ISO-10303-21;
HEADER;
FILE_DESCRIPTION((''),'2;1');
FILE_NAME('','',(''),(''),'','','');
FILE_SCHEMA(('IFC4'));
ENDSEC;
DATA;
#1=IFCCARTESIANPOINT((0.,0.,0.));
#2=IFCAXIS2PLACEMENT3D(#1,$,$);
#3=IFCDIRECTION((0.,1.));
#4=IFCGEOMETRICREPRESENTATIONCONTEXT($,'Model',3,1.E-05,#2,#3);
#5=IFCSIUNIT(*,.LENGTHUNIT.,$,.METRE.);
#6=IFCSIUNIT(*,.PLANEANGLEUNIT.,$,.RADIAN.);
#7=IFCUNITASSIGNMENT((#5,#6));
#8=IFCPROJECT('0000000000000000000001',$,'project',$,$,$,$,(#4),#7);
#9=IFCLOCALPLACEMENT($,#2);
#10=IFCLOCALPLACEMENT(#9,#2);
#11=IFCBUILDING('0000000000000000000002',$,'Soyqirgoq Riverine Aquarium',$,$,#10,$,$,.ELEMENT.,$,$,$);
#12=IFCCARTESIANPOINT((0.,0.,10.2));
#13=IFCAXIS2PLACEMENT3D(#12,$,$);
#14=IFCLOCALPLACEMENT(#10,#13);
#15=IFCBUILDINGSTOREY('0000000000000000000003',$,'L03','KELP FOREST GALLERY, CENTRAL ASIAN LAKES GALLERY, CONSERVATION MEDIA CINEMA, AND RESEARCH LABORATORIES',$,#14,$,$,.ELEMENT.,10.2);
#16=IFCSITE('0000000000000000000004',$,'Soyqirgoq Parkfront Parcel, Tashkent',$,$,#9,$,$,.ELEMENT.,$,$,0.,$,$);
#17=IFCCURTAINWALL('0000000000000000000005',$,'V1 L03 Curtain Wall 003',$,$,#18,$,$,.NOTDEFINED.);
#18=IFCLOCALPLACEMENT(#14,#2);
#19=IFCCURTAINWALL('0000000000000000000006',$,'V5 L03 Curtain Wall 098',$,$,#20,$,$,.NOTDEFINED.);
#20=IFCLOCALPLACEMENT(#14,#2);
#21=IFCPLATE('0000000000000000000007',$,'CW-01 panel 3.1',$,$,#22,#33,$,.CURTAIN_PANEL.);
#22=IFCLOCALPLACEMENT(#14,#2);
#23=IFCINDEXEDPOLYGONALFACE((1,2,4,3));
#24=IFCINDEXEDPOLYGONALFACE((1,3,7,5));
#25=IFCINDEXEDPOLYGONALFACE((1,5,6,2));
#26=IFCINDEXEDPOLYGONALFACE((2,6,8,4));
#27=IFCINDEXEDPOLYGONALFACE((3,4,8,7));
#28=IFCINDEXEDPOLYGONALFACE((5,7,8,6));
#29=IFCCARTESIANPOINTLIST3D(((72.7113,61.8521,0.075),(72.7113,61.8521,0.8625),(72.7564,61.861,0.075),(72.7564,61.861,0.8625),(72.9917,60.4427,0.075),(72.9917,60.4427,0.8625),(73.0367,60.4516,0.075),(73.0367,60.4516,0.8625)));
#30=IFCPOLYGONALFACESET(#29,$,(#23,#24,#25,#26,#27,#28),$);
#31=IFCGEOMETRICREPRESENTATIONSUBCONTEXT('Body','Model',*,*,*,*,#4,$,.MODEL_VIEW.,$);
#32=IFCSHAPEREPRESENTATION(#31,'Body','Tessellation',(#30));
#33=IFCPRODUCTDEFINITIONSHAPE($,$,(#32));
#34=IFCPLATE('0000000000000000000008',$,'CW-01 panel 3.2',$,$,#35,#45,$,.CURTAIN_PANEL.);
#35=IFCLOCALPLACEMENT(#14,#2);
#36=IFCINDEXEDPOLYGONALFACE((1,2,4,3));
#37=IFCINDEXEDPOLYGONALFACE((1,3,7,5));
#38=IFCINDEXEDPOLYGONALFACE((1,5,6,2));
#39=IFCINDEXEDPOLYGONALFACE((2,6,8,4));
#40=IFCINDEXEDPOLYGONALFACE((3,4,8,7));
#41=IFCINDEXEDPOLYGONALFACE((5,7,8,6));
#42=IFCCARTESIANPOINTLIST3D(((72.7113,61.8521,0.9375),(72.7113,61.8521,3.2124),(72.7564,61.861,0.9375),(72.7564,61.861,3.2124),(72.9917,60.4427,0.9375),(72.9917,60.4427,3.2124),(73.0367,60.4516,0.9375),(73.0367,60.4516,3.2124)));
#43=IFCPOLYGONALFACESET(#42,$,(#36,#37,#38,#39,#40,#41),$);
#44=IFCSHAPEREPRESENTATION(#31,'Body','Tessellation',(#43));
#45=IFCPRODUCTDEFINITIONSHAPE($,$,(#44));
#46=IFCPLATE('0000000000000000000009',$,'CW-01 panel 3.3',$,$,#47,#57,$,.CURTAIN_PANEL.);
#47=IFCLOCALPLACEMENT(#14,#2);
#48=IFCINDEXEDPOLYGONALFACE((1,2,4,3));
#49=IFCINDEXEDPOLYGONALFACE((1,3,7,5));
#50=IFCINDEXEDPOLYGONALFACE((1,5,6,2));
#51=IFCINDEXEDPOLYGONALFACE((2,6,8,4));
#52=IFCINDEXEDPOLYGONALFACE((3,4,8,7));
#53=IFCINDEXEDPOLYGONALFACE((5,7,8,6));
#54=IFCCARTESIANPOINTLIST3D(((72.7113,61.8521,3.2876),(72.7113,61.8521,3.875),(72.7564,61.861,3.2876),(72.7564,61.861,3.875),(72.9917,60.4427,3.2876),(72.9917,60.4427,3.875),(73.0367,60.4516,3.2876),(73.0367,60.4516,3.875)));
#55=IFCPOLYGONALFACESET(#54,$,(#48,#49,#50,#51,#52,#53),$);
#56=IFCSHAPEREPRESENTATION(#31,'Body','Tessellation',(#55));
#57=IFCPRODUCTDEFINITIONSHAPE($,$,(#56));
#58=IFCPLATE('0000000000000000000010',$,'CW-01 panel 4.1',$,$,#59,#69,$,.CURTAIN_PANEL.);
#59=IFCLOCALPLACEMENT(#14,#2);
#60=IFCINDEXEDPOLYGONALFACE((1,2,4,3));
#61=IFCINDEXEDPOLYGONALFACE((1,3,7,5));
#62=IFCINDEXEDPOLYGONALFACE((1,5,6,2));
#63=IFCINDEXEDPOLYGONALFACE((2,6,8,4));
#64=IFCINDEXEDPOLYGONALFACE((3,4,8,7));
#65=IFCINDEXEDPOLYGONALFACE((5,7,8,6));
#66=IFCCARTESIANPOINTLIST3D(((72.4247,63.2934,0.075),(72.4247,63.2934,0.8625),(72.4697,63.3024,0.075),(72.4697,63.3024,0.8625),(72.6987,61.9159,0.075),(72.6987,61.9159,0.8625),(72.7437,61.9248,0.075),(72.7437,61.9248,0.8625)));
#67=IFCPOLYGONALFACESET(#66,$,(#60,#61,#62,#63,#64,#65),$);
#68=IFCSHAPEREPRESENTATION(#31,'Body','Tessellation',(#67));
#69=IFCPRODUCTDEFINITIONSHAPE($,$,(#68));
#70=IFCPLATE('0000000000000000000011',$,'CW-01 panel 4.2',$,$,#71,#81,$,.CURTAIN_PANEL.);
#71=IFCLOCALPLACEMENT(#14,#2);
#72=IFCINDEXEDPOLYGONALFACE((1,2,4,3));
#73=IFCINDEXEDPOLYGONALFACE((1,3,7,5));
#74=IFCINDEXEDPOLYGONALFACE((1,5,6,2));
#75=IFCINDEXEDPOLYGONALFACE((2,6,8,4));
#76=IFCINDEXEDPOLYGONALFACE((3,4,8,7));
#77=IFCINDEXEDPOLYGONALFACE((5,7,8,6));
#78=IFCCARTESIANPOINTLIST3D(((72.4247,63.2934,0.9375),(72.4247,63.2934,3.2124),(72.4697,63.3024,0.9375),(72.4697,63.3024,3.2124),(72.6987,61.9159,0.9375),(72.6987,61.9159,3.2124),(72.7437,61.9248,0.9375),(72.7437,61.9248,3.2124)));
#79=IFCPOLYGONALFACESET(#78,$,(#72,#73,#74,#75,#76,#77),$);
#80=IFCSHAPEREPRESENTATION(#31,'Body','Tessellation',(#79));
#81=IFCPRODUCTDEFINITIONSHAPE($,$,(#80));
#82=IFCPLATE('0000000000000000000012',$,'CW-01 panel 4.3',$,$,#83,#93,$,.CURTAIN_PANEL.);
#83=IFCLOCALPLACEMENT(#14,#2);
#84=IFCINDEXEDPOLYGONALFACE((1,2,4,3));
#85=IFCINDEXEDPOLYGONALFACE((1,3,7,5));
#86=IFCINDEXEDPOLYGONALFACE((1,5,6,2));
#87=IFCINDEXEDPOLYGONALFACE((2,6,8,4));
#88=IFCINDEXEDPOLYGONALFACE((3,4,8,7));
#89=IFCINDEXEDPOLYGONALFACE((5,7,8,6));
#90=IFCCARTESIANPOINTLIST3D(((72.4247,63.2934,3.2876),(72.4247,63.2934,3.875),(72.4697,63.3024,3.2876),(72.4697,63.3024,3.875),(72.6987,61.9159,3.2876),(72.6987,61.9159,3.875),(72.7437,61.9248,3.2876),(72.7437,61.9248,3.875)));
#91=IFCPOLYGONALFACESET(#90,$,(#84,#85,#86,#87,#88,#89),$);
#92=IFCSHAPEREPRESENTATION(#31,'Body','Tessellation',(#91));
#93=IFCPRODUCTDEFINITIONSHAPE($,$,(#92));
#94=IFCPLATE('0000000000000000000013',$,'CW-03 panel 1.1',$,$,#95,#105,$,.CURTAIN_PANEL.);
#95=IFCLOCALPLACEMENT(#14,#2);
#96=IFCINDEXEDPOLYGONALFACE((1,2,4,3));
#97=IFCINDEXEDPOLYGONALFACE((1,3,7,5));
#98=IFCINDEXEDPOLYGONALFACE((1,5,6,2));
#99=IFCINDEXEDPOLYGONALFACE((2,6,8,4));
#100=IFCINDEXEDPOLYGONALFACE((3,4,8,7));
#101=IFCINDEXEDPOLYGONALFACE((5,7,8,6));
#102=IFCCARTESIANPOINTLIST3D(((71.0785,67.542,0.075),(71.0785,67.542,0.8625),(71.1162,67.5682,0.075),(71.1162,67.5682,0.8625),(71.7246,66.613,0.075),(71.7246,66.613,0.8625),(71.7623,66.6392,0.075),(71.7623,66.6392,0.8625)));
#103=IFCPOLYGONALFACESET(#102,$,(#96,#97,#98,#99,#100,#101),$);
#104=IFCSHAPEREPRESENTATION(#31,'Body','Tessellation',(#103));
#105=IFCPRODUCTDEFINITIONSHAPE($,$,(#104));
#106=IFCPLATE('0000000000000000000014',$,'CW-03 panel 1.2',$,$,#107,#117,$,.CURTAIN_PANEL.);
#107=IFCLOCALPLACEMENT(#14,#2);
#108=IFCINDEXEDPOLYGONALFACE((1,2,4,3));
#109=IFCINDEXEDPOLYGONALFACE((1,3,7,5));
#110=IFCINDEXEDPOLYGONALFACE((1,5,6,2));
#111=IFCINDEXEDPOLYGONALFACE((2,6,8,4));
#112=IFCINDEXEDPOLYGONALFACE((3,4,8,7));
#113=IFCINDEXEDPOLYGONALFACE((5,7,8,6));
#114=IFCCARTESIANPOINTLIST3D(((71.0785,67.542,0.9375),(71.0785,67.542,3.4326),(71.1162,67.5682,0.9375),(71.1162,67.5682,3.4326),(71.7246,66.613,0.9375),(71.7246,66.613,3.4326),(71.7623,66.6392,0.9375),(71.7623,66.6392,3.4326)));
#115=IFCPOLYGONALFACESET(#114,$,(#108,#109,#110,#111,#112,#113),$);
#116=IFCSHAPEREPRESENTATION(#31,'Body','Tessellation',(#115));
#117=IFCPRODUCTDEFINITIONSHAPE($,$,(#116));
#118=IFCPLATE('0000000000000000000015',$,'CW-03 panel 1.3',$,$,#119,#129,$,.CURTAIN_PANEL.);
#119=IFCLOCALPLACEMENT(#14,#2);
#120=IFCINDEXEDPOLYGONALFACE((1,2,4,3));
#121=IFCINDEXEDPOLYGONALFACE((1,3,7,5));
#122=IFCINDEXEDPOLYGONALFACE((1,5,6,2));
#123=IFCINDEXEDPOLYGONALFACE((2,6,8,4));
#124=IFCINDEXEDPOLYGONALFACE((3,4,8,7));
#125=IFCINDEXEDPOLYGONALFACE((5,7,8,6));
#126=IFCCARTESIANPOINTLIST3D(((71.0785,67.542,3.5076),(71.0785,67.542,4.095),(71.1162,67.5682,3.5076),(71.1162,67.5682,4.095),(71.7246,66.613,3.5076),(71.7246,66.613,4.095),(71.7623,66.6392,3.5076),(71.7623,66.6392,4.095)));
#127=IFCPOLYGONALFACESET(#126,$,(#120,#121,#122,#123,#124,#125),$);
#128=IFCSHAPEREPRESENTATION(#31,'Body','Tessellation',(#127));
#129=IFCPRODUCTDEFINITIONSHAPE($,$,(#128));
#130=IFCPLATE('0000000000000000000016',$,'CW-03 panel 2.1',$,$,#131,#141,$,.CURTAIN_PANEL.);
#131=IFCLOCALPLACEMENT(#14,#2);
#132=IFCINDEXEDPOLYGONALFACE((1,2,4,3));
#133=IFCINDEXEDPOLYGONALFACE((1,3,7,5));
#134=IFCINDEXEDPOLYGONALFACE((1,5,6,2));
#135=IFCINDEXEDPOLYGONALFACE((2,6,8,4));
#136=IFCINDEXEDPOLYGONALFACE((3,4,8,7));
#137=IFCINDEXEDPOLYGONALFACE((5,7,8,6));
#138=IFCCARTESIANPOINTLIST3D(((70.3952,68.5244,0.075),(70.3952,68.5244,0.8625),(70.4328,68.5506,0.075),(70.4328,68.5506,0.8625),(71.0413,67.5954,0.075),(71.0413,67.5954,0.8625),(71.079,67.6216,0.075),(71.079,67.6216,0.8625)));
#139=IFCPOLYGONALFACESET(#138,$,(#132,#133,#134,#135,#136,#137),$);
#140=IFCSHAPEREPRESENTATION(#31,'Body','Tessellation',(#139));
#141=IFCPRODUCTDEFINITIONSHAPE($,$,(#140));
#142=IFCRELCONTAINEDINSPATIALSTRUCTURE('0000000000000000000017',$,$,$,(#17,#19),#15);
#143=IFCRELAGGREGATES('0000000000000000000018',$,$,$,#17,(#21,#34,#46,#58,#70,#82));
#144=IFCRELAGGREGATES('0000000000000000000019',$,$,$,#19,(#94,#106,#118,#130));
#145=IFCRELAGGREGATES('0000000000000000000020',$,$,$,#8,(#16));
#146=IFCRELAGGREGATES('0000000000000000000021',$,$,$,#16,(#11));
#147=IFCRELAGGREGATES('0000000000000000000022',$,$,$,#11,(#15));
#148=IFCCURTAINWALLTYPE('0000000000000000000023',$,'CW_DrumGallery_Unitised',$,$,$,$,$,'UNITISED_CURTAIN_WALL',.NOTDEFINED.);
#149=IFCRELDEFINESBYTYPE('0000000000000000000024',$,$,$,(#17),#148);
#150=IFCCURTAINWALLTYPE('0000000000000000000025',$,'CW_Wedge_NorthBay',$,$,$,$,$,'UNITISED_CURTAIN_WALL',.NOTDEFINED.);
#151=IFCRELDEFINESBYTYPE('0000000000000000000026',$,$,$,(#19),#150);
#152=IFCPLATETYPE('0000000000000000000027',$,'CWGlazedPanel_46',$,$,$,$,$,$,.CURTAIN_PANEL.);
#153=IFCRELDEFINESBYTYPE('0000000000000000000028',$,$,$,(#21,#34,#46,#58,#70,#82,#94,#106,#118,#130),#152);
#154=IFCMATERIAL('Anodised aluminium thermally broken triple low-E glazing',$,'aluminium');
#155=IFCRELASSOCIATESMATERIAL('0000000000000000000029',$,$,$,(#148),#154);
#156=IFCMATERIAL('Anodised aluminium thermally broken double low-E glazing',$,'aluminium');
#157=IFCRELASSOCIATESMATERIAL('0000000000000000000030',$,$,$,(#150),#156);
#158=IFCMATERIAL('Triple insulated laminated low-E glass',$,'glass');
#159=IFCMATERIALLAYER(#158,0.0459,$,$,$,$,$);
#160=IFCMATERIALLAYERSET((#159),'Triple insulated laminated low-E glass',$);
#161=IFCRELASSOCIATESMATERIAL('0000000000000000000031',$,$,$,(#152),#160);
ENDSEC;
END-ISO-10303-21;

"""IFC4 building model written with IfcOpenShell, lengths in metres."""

from ifc_helpers import new_model, si_unit, direction, frame, origin, origin_2d, place, context, subcontext, project, spatial, rectangle, extrude, material, layer, layer_set, type_object, element, aggregate, save


model = new_model("IFC4")

# Units and contexts
model_context = context("Model", 3, precision=1e-05, world=origin(), true_north=direction((0.0, 1.0)))
body_context = subcontext(model_context, "Body", "Model", "MODEL_VIEW")
ifc_project = project(units=[si_unit("LENGTHUNIT", "METRE"), si_unit("PLANEANGLEUNIT", "RADIAN")], contexts=[model_context])

# Site, building, storey
site_placement = place(None, origin())
site = spatial("IfcSite", under=ifc_project, at=site_placement, Name="Soyqirgoq Parkfront Parcel, Tashkent", CompositionType="ELEMENT", RefElevation=0.0)
building_placement = place(site_placement, origin())
building = spatial("IfcBuilding", under=site, at=building_placement, Name="Soyqirgoq Riverine Aquarium", CompositionType="ELEMENT")
storey_placement = place(building_placement, frame((0.0, 0.0, 10.2)))
storey = spatial("IfcBuildingStorey", under=building, at=storey_placement, Name="L03", Description="KELP FOREST GALLERY, CENTRAL ASIAN LAKES GALLERY, CONSERVATION MEDIA CINEMA, AND RESEARCH LABORATORIES", CompositionType="ELEMENT", Elevation=10.2)

# Curtain walls
ifc_material_1 = material(Name="Anodised aluminium thermally broken triple low-E glazing", Category="aluminium")
curtain_wall_type_1 = type_object("IfcCurtainWallType", Name="CW_DrumGallery_Unitised", ElementType="UNITISED_CURTAIN_WALL", PredefinedType="NOTDEFINED", material=ifc_material_1)
curtain_wall_1_placement = place(storey_placement, origin())
curtain_wall_1 = element("IfcCurtainWall", 1, at=curtain_wall_1_placement, inside=storey, type_object=curtain_wall_type_1, Name="V1 L03 Curtain Wall 003", PredefinedType="NOTDEFINED")
ifc_material_2 = material(Name="Anodised aluminium thermally broken double low-E glazing", Category="aluminium")
curtain_wall_type_2 = type_object("IfcCurtainWallType", Name="CW_Wedge_NorthBay", ElementType="UNITISED_CURTAIN_WALL", PredefinedType="NOTDEFINED", material=ifc_material_2)
curtain_wall_2_placement = place(storey_placement, origin())
curtain_wall_2 = element("IfcCurtainWall", 2, at=curtain_wall_2_placement, inside=storey, type_object=curtain_wall_type_2, Name="V5 L03 Curtain Wall 098", PredefinedType="NOTDEFINED")

# Plates
ifc_material_3 = material(Name="Triple insulated laminated low-E glass", Category="glass")
ifc_layer = layer(ifc_material_3, 0.0459)
ifc_layer_set = layer_set([ifc_layer], Name="Triple insulated laminated low-E glass")
plate_type = type_object("IfcPlateType", Name="CWGlazedPanel_46", PredefinedType="CURTAIN_PANEL", material=ifc_layer_set)
plate_1_placement = place(storey_placement, frame((72.874, 61.1519, 0.075), z_axis=(0.0, 0.0, 1.0), x_axis=(-0.195095, 0.980784, 0.0)))
plate_1 = element("IfcPlate", 3, at=plate_1_placement, type_object=plate_type, Name="CW-01 panel 3.1", PredefinedType="CURTAIN_PANEL", context=body_context, shape_type="SweptSolid", body=[
    extrude(rectangle(XDim=1.437, YDim=0.0459, at=origin_2d()), origin(), (0.0, 0.0, 1.0), 0.7876),
])
plate_2_placement = place(storey_placement, frame((72.874, 61.1519, 0.9375), z_axis=(0.0, 0.0, 1.0), x_axis=(-0.195095, 0.980784, 0.0)))
plate_2 = element("IfcPlate", 4, at=plate_2_placement, type_object=plate_type, Name="CW-01 panel 3.2", PredefinedType="CURTAIN_PANEL", context=body_context, shape_type="SweptSolid", body=[
    extrude(rectangle(XDim=1.437, YDim=0.0459, at=origin_2d()), origin(), (0.0, 0.0, 1.0), 2.2749),
])
plate_3_placement = place(storey_placement, frame((72.874, 61.1519, 3.2876), z_axis=(0.0, 0.0, 1.0), x_axis=(-0.195095, 0.980784, 0.0)))
plate_3 = element("IfcPlate", 5, at=plate_3_placement, type_object=plate_type, Name="CW-01 panel 3.3", PredefinedType="CURTAIN_PANEL", context=body_context, shape_type="SweptSolid", body=[
    extrude(rectangle(XDim=1.437, YDim=0.0459, at=origin_2d()), origin(), (0.0, 0.0, 1.0), 0.5874),
])
plate_4_placement = place(storey_placement, frame((72.5842, 62.6091, 0.075), z_axis=(0.0, 0.0, 1.0), x_axis=(-0.195095, 0.980784, 0.0)))
plate_4 = element("IfcPlate", 6, at=plate_4_placement, type_object=plate_type, Name="CW-01 panel 4.1", PredefinedType="CURTAIN_PANEL", context=body_context, shape_type="SweptSolid", body=[
    extrude(rectangle(XDim=1.4045, YDim=0.0459, at=origin_2d()), origin(), (0.0, 0.0, 1.0), 0.7876),
])
plate_5_placement = place(storey_placement, frame((72.5842, 62.6091, 0.9375), z_axis=(0.0, 0.0, 1.0), x_axis=(-0.195095, 0.980784, 0.0)))
plate_5 = element("IfcPlate", 7, at=plate_5_placement, type_object=plate_type, Name="CW-01 panel 4.2", PredefinedType="CURTAIN_PANEL", context=body_context, shape_type="SweptSolid", body=[
    extrude(rectangle(XDim=1.4045, YDim=0.0459, at=origin_2d()), origin(), (0.0, 0.0, 1.0), 2.2749),
])
plate_6_placement = place(storey_placement, frame((72.5842, 62.6091, 3.2876), z_axis=(0.0, 0.0, 1.0), x_axis=(-0.195095, 0.980784, 0.0)))
plate_6 = element("IfcPlate", 8, at=plate_6_placement, type_object=plate_type, Name="CW-01 panel 4.3", PredefinedType="CURTAIN_PANEL", context=body_context, shape_type="SweptSolid", body=[
    extrude(rectangle(XDim=1.4045, YDim=0.0459, at=origin_2d()), origin(), (0.0, 0.0, 1.0), 0.5874),
])
aggregate(curtain_wall_1, [plate_1, plate_2, plate_3, plate_4, plate_5, plate_6])
plate_7_placement = place(storey_placement, frame((71.4204, 67.0906, 0.075), z_axis=(0.0, 0.0, 1.0), x_axis=(-0.570992, 0.820956, 0.0)))
plate_7 = element("IfcPlate", 9, at=plate_7_placement, type_object=plate_type, Name="CW-03 panel 1.1", PredefinedType="CURTAIN_PANEL", context=body_context, shape_type="SweptSolid", body=[
    extrude(rectangle(XDim=1.1316, YDim=0.0459, at=origin_2d()), origin(), (0.0, 0.0, 1.0), 0.7876),
])
plate_8_placement = place(storey_placement, frame((71.4204, 67.0906, 0.9375), z_axis=(0.0, 0.0, 1.0), x_axis=(-0.570992, 0.820956, 0.0)))
plate_8 = element("IfcPlate", 10, at=plate_8_placement, type_object=plate_type, Name="CW-03 panel 1.2", PredefinedType="CURTAIN_PANEL", context=body_context, shape_type="SweptSolid", body=[
    extrude(rectangle(XDim=1.1316, YDim=0.0459, at=origin_2d()), origin(), (0.0, 0.0, 1.0), 2.4951),
])
plate_9_placement = place(storey_placement, frame((71.4204, 67.0906, 3.5076), z_axis=(0.0, 0.0, 1.0), x_axis=(-0.570992, 0.820956, 0.0)))
plate_9 = element("IfcPlate", 11, at=plate_9_placement, type_object=plate_type, Name="CW-03 panel 1.3", PredefinedType="CURTAIN_PANEL", context=body_context, shape_type="SweptSolid", body=[
    extrude(rectangle(XDim=1.1316, YDim=0.0459, at=origin_2d()), origin(), (0.0, 0.0, 1.0), 0.5874),
])
plate_10_placement = place(storey_placement, frame((70.7371, 68.073, 0.075), z_axis=(0.0, 0.0, 1.0), x_axis=(-0.570992, 0.820956, 0.0)))
plate_10 = element("IfcPlate", 12, at=plate_10_placement, type_object=plate_type, Name="CW-03 panel 2.1", PredefinedType="CURTAIN_PANEL", context=body_context, shape_type="SweptSolid", body=[
    extrude(rectangle(XDim=1.1316, YDim=0.0459, at=origin_2d()), origin(), (0.0, 0.0, 1.0), 0.7876),
])
aggregate(curtain_wall_2, [plate_7, plate_8, plate_9, plate_10])

save(model, "model.ifc")
